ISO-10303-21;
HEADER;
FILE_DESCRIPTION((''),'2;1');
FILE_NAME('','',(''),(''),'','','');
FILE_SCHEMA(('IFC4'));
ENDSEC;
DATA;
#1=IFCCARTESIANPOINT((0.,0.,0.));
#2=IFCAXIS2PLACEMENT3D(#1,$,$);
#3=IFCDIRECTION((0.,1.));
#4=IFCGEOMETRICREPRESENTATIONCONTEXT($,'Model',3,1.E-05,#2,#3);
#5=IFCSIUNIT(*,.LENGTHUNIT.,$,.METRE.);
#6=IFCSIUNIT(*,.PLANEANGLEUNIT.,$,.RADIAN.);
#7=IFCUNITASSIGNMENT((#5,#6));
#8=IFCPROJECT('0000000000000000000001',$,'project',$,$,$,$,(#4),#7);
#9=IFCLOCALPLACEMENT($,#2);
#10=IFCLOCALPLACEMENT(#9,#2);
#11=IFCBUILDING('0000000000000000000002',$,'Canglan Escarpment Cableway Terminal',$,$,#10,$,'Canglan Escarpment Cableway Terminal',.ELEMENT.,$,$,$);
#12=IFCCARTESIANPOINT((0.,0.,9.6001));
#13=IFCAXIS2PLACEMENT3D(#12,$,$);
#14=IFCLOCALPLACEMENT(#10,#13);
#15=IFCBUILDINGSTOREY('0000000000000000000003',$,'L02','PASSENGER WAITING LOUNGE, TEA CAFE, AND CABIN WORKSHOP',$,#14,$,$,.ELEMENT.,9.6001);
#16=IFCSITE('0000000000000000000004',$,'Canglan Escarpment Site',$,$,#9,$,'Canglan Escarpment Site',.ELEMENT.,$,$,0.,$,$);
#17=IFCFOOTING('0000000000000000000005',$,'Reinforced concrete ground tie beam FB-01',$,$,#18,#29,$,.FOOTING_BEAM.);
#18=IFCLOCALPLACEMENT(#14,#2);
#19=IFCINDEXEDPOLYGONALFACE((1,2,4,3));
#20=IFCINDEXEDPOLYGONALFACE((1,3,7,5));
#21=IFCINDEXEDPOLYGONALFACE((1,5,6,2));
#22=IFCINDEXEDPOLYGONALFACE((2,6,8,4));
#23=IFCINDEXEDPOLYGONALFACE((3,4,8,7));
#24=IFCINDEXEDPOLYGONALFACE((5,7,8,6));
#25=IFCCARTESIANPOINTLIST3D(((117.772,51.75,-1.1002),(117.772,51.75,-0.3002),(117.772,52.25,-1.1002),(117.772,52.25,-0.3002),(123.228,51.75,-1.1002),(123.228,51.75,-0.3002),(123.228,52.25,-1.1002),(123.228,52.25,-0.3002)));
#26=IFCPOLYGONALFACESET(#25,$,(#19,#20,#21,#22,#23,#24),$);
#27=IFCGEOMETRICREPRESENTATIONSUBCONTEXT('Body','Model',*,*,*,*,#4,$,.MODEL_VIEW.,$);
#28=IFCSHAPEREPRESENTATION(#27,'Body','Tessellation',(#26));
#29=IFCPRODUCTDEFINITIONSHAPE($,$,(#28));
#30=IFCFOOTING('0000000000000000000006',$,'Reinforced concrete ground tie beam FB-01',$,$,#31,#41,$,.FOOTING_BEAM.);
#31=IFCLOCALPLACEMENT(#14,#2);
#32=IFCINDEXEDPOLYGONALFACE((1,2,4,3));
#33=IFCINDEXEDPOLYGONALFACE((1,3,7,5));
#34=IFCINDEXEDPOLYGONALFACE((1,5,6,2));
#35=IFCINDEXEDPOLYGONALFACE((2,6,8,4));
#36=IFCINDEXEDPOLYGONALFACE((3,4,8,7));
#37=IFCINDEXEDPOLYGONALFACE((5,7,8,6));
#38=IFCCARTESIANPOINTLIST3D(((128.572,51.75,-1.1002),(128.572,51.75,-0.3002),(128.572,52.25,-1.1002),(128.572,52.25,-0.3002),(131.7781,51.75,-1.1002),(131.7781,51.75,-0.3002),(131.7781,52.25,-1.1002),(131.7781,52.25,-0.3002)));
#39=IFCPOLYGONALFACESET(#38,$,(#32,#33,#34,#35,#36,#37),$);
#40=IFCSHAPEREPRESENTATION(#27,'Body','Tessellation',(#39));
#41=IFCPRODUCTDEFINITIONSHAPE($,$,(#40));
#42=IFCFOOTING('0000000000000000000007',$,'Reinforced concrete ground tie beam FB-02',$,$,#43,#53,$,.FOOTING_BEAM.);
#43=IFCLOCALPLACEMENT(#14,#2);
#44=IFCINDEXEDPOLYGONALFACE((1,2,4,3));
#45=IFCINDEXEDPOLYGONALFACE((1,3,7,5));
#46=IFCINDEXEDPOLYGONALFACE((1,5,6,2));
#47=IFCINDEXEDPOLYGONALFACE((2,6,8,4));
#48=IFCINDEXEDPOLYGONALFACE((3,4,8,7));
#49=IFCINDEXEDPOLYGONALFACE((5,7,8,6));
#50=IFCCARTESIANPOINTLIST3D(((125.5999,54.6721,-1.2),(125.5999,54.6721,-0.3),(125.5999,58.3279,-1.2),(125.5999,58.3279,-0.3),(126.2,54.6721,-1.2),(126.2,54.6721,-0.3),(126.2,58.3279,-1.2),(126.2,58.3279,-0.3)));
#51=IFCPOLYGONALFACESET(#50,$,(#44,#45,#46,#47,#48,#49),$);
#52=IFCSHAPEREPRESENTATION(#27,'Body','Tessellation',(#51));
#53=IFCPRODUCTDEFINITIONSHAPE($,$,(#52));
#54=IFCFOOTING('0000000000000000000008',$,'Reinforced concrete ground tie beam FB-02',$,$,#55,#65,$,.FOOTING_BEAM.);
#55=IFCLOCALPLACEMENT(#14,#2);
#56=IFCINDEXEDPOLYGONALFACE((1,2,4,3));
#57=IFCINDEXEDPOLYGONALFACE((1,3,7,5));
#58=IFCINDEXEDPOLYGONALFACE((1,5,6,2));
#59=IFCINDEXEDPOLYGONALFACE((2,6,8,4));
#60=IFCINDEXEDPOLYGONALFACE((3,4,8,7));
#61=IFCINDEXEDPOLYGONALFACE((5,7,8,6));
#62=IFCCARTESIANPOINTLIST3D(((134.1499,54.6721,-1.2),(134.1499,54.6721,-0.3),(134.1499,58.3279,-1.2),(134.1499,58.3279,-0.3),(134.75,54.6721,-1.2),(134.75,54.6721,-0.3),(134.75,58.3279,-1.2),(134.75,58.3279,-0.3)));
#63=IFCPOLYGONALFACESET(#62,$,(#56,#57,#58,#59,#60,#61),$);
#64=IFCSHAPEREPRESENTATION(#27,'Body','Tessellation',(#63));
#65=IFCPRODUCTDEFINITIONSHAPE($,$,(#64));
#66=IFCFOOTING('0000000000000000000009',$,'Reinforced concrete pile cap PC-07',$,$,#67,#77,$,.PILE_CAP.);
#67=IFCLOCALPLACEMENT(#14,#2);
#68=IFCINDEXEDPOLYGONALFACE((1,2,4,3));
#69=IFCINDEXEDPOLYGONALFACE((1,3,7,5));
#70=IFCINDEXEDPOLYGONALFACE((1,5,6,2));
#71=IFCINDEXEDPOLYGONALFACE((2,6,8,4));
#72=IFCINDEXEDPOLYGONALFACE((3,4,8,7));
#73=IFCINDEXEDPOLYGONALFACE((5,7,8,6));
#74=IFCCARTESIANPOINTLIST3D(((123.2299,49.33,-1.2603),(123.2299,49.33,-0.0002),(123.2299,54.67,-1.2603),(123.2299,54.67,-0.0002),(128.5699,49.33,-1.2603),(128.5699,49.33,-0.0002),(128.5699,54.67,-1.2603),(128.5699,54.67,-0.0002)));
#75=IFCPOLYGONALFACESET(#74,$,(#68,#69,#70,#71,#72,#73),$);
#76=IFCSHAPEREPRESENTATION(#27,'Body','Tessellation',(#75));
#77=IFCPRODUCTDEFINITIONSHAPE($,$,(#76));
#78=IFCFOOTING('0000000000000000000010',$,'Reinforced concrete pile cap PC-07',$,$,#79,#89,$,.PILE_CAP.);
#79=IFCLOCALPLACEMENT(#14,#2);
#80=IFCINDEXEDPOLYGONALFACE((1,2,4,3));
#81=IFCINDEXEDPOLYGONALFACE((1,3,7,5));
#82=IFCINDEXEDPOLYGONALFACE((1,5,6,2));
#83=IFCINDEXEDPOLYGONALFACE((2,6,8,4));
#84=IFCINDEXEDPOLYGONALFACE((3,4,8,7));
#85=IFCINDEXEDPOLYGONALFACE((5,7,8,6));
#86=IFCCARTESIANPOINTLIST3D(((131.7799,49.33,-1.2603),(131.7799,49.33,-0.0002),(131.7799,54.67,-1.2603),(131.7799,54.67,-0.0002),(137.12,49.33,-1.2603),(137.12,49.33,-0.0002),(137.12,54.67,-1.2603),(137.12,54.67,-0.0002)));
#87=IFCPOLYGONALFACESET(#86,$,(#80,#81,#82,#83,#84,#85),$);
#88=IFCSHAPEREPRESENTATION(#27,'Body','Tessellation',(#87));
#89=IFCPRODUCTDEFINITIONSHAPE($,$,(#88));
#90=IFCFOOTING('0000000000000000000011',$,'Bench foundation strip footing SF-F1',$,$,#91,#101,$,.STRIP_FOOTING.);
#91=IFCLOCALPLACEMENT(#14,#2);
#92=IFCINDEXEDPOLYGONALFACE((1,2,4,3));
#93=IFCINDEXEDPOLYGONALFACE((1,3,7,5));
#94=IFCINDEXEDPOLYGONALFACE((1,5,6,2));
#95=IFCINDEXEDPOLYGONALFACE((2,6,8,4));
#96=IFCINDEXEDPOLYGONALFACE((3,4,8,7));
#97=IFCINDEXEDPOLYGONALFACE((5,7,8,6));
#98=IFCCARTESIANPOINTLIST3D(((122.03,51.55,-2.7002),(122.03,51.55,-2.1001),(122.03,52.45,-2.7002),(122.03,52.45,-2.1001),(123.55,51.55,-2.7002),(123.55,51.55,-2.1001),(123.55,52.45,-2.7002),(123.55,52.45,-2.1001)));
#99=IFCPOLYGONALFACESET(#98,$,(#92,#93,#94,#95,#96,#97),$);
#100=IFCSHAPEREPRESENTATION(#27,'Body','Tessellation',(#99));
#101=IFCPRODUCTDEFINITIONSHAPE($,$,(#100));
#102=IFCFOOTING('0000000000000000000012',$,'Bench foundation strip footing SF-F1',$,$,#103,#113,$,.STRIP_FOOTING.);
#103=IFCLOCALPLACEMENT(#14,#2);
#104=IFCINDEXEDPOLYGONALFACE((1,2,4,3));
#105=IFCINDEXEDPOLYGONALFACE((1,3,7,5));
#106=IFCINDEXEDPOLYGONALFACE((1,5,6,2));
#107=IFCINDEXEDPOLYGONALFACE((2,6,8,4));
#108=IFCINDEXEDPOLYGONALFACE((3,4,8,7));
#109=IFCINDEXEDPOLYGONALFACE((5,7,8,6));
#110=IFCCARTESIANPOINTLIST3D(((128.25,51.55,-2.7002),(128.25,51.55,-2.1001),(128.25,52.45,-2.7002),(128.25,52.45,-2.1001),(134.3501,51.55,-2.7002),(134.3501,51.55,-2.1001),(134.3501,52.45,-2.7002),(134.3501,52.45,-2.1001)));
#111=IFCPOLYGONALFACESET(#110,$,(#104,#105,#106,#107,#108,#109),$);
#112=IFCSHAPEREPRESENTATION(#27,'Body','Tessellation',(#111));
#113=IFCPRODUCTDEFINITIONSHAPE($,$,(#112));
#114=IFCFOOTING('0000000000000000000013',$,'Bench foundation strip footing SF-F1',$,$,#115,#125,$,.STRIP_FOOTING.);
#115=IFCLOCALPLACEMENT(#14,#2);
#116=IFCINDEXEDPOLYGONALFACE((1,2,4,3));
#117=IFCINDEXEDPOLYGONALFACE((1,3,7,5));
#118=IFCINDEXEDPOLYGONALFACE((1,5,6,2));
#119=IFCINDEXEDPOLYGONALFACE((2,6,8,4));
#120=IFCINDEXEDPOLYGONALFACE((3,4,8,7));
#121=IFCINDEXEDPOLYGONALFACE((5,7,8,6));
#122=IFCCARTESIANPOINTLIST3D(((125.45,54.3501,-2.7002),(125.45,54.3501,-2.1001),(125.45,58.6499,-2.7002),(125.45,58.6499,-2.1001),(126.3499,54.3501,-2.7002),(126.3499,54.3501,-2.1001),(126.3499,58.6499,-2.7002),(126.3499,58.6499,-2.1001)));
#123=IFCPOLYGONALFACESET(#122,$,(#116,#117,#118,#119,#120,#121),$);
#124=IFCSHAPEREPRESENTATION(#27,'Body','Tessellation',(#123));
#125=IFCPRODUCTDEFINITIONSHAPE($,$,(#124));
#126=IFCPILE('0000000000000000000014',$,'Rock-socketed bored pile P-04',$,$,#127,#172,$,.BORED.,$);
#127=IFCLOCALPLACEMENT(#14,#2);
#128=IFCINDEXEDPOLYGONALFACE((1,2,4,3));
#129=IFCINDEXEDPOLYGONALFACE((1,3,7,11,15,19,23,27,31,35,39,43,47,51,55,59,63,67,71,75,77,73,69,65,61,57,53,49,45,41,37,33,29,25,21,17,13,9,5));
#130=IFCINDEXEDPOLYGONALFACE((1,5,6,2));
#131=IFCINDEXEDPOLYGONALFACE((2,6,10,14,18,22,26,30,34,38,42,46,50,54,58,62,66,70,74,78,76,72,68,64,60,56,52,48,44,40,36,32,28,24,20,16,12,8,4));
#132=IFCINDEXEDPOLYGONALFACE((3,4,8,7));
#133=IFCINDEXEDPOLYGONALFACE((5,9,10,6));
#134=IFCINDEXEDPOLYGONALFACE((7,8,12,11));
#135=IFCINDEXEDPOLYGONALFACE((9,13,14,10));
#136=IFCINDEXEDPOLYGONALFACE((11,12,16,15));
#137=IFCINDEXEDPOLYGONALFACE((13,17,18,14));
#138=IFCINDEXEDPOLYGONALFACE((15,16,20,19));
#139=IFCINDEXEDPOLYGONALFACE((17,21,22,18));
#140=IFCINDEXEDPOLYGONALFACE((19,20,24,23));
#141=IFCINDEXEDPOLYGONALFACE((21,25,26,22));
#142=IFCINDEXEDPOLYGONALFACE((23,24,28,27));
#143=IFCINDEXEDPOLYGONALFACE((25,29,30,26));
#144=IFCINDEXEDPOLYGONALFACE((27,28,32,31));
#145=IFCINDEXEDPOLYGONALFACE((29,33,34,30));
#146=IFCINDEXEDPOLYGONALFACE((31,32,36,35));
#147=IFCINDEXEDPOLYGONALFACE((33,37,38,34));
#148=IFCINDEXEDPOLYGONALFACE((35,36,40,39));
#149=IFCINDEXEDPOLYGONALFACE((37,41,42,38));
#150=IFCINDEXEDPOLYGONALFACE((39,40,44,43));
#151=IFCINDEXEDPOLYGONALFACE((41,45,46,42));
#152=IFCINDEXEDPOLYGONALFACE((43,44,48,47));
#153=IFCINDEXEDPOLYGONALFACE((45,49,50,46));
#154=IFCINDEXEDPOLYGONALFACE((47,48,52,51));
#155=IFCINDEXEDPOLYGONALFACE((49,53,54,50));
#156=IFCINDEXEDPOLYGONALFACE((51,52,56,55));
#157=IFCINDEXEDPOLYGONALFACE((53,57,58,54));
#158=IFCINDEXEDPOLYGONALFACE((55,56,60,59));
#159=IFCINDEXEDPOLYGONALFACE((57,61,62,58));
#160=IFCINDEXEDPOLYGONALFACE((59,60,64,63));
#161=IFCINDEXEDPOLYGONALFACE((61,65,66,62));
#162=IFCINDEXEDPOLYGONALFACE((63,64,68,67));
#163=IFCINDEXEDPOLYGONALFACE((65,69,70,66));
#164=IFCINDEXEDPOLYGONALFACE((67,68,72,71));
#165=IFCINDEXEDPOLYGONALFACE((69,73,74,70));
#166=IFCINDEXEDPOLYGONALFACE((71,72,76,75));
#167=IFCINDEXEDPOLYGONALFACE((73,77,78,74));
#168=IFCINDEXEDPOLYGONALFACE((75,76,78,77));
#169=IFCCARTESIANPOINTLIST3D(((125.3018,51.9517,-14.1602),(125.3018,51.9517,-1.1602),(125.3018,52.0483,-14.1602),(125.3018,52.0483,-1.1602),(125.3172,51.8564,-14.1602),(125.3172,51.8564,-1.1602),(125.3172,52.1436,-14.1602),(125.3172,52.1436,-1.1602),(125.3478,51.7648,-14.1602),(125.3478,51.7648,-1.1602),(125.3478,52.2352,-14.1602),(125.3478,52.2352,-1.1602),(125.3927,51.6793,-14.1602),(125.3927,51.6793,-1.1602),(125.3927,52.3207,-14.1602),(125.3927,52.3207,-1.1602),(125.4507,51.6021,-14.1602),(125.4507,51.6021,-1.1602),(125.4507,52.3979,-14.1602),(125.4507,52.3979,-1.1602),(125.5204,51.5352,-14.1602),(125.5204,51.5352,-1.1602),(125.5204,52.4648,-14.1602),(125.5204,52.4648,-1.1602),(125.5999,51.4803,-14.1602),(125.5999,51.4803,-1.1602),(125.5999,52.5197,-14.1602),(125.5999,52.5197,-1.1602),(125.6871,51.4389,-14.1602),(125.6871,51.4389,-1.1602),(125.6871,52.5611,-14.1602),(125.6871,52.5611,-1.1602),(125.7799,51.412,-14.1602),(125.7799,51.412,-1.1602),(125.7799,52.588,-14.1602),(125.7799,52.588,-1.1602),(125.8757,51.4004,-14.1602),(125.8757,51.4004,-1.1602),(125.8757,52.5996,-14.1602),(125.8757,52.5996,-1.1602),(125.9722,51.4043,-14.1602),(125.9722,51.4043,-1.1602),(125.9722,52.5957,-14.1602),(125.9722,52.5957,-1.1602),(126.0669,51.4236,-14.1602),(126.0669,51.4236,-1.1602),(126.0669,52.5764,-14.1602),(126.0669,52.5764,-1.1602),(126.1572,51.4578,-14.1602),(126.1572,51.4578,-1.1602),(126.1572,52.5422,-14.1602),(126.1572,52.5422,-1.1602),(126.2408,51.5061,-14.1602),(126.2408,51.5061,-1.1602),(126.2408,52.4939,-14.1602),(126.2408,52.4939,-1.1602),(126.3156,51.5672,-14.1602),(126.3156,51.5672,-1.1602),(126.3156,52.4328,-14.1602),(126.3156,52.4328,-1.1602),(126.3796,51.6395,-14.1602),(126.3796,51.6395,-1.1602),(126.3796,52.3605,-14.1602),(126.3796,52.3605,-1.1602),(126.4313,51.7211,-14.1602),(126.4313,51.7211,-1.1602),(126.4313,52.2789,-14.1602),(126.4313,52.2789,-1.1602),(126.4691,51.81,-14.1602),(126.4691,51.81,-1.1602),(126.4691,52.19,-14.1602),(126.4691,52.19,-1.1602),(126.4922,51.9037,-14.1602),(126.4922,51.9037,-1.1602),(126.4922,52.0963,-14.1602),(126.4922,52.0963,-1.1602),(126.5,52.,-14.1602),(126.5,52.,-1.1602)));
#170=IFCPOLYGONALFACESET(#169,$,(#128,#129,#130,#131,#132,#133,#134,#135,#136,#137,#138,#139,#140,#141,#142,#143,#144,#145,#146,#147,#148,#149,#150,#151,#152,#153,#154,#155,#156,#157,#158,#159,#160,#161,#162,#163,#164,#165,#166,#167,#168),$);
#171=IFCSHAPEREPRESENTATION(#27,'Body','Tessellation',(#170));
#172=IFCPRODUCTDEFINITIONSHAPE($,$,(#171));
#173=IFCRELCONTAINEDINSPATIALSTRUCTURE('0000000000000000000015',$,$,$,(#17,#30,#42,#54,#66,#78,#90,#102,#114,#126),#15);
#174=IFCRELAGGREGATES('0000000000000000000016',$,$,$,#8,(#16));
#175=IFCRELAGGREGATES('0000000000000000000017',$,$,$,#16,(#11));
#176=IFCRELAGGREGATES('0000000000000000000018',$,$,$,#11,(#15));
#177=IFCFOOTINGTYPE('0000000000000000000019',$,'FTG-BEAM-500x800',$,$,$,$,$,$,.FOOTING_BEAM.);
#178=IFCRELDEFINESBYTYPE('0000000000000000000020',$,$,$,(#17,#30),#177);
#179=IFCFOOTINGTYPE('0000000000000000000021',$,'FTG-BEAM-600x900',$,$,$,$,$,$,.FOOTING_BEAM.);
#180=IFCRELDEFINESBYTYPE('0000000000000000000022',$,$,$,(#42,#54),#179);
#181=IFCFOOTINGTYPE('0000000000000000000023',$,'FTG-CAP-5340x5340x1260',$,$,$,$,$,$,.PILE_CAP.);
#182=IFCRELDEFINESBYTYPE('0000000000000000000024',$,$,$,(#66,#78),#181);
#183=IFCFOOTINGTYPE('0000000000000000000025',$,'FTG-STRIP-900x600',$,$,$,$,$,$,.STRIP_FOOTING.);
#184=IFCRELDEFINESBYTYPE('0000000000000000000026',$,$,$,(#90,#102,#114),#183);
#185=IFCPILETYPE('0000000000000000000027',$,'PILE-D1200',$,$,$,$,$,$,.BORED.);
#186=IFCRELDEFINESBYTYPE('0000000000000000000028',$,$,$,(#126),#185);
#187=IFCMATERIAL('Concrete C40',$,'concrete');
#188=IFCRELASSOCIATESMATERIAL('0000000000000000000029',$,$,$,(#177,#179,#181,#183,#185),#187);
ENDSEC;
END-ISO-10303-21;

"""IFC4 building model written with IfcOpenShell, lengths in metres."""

from ifc_helpers import new_model, si_unit, direction, frame, origin, origin_2d, place, context, subcontext, project, spatial, rectangle, circle, extrude, material, material_profile, profile_set, type_object, element, save


model = new_model("IFC4")

# Units and contexts
model_context = context("Model", 3, precision=1e-05, world=origin(), true_north=direction((0.0, 1.0)))
body_context = subcontext(model_context, "Body", "Model", "MODEL_VIEW")
ifc_project = project(units=[si_unit("LENGTHUNIT", "METRE"), si_unit("PLANEANGLEUNIT", "RADIAN")], contexts=[model_context])

# Site, building, storey
site_placement = place(None, origin())
site = spatial("IfcSite", under=ifc_project, at=site_placement, Name="Canglan Escarpment Site", LongName="Canglan Escarpment Site", CompositionType="ELEMENT", RefElevation=0.0)
building_placement = place(site_placement, origin())
building = spatial("IfcBuilding", under=site, at=building_placement, Name="Canglan Escarpment Cableway Terminal", LongName="Canglan Escarpment Cableway Terminal", CompositionType="ELEMENT")
storey_placement = place(building_placement, frame((0.0, 0.0, 9.6001)))
storey = spatial("IfcBuildingStorey", under=building, at=storey_placement, Name="L02", Description="PASSENGER WAITING LOUNGE, TEA CAFE, AND CABIN WORKSHOP", CompositionType="ELEMENT", Elevation=9.6001)

# Footings
ifc_material_1 = material(Name="Concrete C40", Category="concrete")
ifc_material_profile_1 = material_profile(ifc_material_1, rectangle(XDim=0.5, YDim=0.8, at=origin_2d()), Name="FB 500x800")
ifc_profile_set_1 = profile_set([ifc_material_profile_1], Name="Concrete C40")
footing_type_1 = type_object("IfcFootingType", Name="FTG-BEAM-500x800", PredefinedType="FOOTING_BEAM", material=ifc_profile_set_1)
footing_1_placement = place(storey_placement, frame((117.772, 52.0, -0.7002), z_axis=(1.0, 0.0, 0.0), x_axis=(0.0, 1.0, 0.0)))
element("IfcFooting", 1, at=footing_1_placement, inside=storey, type_object=footing_type_1, Name="Reinforced concrete ground tie beam FB-01", PredefinedType="FOOTING_BEAM", context=body_context, shape_type="SweptSolid", body=[
    extrude(rectangle(XDim=0.5, YDim=0.8, at=origin_2d()), origin(), (0.0, 0.0, 1.0), 5.4561),
])
footing_2_placement = place(storey_placement, frame((128.572, 52.0, -0.7002), z_axis=(1.0, 0.0, 0.0), x_axis=(0.0, 1.0, 0.0)))
element("IfcFooting", 2, at=footing_2_placement, inside=storey, type_object=footing_type_1, Name="Reinforced concrete ground tie beam FB-01", PredefinedType="FOOTING_BEAM", context=body_context, shape_type="SweptSolid", body=[
    extrude(rectangle(XDim=0.5, YDim=0.8, at=origin_2d()), origin(), (0.0, 0.0, 1.0), 3.2061),
])
ifc_material_profile_2 = material_profile(ifc_material_1, rectangle(XDim=0.6001, YDim=0.8999, at=origin_2d()), Name="FB 600x900")
ifc_profile_set_2 = profile_set([ifc_material_profile_2], Name="Concrete C40")
footing_type_2 = type_object("IfcFootingType", Name="FTG-BEAM-600x900", PredefinedType="FOOTING_BEAM", material=ifc_profile_set_2)
for number, where, z_axis, x_axis, name in (
    (3, (125.8999, 54.6721, -0.75), (0.0, 1.0, 0.0), (-1.0, 0.0, 0.0), "Reinforced concrete ground tie beam FB-02"),
    (4, (134.45, 54.6721, -0.75), (0.0, 1.0, 0.0), (-1.0, 0.0, 0.0), "Reinforced concrete ground tie beam FB-02"),
):
    element("IfcFooting", number, at=place(storey_placement, frame(where, z_axis=z_axis, x_axis=x_axis)), inside=storey, type_object=footing_type_2, Name=name, PredefinedType="FOOTING_BEAM", context=body_context, shape_type="SweptSolid", body=[
        extrude(rectangle(XDim=0.6001, YDim=0.8999, at=origin_2d()), origin(), (0.0, 0.0, 1.0), 3.6558),
    ])
footing_type_3 = type_object("IfcFootingType", Name="FTG-CAP-5340x5340x1260", PredefinedType="PILE_CAP", material=ifc_material_1)
for number, where, z_axis, x_axis, name in (
    (5, (125.8999, 52.0, -1.2603), (0.0, 0.0, 1.0), (1.0, 0.0, 0.0), "Reinforced concrete pile cap PC-07"),
    (6, (134.45, 52.0, -1.2603), (0.0, 0.0, 1.0), (1.0, 0.0, 0.0), "Reinforced concrete pile cap PC-07"),
):
    element("IfcFooting", number, at=place(storey_placement, frame(where, z_axis=z_axis, x_axis=x_axis)), inside=storey, type_object=footing_type_3, Name=name, PredefinedType="PILE_CAP", context=body_context, shape_type="SweptSolid", body=[
        extrude(rectangle(XDim=5.3401, YDim=5.3401, at=origin_2d()), origin(), (0.0, 0.0, 1.0), 1.26),
    ])
ifc_material_profile_3 = material_profile(ifc_material_1, rectangle(XDim=0.8999, YDim=0.6001, at=origin_2d()), Name="SF 900x600")
ifc_profile_set_3 = profile_set([ifc_material_profile_3], Name="Concrete C40")
footing_type_4 = type_object("IfcFootingType", Name="FTG-STRIP-900x600", PredefinedType="STRIP_FOOTING", material=ifc_profile_set_3)
footing_3_placement = place(storey_placement, frame((122.03, 52.0, -2.4001), z_axis=(1.0, 0.0, 0.0), x_axis=(0.0, 1.0, 0.0)))
element("IfcFooting", 7, at=footing_3_placement, inside=storey, type_object=footing_type_4, Name="Bench foundation strip footing SF-F1", PredefinedType="STRIP_FOOTING", context=body_context, shape_type="SweptSolid", body=[
    extrude(rectangle(XDim=0.8999, YDim=0.6001, at=origin_2d()), origin(), (0.0, 0.0, 1.0), 1.52),
])
footing_4_placement = place(storey_placement, frame((128.25, 52.0, -2.4001), z_axis=(1.0, 0.0, 0.0), x_axis=(0.0, 1.0, 0.0)))
element("IfcFooting", 8, at=footing_4_placement, inside=storey, type_object=footing_type_4, Name="Bench foundation strip footing SF-F1", PredefinedType="STRIP_FOOTING", context=body_context, shape_type="SweptSolid", body=[
    extrude(rectangle(XDim=0.8999, YDim=0.6001, at=origin_2d()), origin(), (0.0, 0.0, 1.0), 6.1001),
])
footing_5_placement = place(storey_placement, frame((125.8999, 54.3501, -2.4001), z_axis=(0.0, 1.0, 0.0), x_axis=(-1.0, 0.0, 0.0)))
element("IfcFooting", 9, at=footing_5_placement, inside=storey, type_object=footing_type_4, Name="Bench foundation strip footing SF-F1", PredefinedType="STRIP_FOOTING", context=body_context, shape_type="SweptSolid", body=[
    extrude(rectangle(XDim=0.8999, YDim=0.6001, at=origin_2d()), origin(), (0.0, 0.0, 1.0), 4.2998),
])

# Pile
ifc_material_profile_4 = material_profile(ifc_material_1, circle(Radius=0.6001, at=origin_2d()), Name="BORED PILE D1200")
ifc_profile_set_4 = profile_set([ifc_material_profile_4], Name="Concrete C40")
pile_type = type_object("IfcPileType", Name="PILE-D1200", PredefinedType="BORED", material=ifc_profile_set_4)
for number, where, z_axis, x_axis, name in (
    (10, (125.8999, 52.0, -1.1602), (0.0, 0.0, -1.0), (1.0, 0.0, 0.0), "Rock-socketed bored pile P-04"),
):
    element("IfcPile", number, at=place(storey_placement, frame(where, z_axis=z_axis, x_axis=x_axis)), inside=storey, type_object=pile_type, Name=name, PredefinedType="BORED", context=body_context, shape_type="SweptSolid", body=[
        extrude(circle(Radius=0.6001, at=origin_2d()), origin(), (0.0, 0.0, 1.0), 13.0),
    ])

save(model, "model.ifc")
